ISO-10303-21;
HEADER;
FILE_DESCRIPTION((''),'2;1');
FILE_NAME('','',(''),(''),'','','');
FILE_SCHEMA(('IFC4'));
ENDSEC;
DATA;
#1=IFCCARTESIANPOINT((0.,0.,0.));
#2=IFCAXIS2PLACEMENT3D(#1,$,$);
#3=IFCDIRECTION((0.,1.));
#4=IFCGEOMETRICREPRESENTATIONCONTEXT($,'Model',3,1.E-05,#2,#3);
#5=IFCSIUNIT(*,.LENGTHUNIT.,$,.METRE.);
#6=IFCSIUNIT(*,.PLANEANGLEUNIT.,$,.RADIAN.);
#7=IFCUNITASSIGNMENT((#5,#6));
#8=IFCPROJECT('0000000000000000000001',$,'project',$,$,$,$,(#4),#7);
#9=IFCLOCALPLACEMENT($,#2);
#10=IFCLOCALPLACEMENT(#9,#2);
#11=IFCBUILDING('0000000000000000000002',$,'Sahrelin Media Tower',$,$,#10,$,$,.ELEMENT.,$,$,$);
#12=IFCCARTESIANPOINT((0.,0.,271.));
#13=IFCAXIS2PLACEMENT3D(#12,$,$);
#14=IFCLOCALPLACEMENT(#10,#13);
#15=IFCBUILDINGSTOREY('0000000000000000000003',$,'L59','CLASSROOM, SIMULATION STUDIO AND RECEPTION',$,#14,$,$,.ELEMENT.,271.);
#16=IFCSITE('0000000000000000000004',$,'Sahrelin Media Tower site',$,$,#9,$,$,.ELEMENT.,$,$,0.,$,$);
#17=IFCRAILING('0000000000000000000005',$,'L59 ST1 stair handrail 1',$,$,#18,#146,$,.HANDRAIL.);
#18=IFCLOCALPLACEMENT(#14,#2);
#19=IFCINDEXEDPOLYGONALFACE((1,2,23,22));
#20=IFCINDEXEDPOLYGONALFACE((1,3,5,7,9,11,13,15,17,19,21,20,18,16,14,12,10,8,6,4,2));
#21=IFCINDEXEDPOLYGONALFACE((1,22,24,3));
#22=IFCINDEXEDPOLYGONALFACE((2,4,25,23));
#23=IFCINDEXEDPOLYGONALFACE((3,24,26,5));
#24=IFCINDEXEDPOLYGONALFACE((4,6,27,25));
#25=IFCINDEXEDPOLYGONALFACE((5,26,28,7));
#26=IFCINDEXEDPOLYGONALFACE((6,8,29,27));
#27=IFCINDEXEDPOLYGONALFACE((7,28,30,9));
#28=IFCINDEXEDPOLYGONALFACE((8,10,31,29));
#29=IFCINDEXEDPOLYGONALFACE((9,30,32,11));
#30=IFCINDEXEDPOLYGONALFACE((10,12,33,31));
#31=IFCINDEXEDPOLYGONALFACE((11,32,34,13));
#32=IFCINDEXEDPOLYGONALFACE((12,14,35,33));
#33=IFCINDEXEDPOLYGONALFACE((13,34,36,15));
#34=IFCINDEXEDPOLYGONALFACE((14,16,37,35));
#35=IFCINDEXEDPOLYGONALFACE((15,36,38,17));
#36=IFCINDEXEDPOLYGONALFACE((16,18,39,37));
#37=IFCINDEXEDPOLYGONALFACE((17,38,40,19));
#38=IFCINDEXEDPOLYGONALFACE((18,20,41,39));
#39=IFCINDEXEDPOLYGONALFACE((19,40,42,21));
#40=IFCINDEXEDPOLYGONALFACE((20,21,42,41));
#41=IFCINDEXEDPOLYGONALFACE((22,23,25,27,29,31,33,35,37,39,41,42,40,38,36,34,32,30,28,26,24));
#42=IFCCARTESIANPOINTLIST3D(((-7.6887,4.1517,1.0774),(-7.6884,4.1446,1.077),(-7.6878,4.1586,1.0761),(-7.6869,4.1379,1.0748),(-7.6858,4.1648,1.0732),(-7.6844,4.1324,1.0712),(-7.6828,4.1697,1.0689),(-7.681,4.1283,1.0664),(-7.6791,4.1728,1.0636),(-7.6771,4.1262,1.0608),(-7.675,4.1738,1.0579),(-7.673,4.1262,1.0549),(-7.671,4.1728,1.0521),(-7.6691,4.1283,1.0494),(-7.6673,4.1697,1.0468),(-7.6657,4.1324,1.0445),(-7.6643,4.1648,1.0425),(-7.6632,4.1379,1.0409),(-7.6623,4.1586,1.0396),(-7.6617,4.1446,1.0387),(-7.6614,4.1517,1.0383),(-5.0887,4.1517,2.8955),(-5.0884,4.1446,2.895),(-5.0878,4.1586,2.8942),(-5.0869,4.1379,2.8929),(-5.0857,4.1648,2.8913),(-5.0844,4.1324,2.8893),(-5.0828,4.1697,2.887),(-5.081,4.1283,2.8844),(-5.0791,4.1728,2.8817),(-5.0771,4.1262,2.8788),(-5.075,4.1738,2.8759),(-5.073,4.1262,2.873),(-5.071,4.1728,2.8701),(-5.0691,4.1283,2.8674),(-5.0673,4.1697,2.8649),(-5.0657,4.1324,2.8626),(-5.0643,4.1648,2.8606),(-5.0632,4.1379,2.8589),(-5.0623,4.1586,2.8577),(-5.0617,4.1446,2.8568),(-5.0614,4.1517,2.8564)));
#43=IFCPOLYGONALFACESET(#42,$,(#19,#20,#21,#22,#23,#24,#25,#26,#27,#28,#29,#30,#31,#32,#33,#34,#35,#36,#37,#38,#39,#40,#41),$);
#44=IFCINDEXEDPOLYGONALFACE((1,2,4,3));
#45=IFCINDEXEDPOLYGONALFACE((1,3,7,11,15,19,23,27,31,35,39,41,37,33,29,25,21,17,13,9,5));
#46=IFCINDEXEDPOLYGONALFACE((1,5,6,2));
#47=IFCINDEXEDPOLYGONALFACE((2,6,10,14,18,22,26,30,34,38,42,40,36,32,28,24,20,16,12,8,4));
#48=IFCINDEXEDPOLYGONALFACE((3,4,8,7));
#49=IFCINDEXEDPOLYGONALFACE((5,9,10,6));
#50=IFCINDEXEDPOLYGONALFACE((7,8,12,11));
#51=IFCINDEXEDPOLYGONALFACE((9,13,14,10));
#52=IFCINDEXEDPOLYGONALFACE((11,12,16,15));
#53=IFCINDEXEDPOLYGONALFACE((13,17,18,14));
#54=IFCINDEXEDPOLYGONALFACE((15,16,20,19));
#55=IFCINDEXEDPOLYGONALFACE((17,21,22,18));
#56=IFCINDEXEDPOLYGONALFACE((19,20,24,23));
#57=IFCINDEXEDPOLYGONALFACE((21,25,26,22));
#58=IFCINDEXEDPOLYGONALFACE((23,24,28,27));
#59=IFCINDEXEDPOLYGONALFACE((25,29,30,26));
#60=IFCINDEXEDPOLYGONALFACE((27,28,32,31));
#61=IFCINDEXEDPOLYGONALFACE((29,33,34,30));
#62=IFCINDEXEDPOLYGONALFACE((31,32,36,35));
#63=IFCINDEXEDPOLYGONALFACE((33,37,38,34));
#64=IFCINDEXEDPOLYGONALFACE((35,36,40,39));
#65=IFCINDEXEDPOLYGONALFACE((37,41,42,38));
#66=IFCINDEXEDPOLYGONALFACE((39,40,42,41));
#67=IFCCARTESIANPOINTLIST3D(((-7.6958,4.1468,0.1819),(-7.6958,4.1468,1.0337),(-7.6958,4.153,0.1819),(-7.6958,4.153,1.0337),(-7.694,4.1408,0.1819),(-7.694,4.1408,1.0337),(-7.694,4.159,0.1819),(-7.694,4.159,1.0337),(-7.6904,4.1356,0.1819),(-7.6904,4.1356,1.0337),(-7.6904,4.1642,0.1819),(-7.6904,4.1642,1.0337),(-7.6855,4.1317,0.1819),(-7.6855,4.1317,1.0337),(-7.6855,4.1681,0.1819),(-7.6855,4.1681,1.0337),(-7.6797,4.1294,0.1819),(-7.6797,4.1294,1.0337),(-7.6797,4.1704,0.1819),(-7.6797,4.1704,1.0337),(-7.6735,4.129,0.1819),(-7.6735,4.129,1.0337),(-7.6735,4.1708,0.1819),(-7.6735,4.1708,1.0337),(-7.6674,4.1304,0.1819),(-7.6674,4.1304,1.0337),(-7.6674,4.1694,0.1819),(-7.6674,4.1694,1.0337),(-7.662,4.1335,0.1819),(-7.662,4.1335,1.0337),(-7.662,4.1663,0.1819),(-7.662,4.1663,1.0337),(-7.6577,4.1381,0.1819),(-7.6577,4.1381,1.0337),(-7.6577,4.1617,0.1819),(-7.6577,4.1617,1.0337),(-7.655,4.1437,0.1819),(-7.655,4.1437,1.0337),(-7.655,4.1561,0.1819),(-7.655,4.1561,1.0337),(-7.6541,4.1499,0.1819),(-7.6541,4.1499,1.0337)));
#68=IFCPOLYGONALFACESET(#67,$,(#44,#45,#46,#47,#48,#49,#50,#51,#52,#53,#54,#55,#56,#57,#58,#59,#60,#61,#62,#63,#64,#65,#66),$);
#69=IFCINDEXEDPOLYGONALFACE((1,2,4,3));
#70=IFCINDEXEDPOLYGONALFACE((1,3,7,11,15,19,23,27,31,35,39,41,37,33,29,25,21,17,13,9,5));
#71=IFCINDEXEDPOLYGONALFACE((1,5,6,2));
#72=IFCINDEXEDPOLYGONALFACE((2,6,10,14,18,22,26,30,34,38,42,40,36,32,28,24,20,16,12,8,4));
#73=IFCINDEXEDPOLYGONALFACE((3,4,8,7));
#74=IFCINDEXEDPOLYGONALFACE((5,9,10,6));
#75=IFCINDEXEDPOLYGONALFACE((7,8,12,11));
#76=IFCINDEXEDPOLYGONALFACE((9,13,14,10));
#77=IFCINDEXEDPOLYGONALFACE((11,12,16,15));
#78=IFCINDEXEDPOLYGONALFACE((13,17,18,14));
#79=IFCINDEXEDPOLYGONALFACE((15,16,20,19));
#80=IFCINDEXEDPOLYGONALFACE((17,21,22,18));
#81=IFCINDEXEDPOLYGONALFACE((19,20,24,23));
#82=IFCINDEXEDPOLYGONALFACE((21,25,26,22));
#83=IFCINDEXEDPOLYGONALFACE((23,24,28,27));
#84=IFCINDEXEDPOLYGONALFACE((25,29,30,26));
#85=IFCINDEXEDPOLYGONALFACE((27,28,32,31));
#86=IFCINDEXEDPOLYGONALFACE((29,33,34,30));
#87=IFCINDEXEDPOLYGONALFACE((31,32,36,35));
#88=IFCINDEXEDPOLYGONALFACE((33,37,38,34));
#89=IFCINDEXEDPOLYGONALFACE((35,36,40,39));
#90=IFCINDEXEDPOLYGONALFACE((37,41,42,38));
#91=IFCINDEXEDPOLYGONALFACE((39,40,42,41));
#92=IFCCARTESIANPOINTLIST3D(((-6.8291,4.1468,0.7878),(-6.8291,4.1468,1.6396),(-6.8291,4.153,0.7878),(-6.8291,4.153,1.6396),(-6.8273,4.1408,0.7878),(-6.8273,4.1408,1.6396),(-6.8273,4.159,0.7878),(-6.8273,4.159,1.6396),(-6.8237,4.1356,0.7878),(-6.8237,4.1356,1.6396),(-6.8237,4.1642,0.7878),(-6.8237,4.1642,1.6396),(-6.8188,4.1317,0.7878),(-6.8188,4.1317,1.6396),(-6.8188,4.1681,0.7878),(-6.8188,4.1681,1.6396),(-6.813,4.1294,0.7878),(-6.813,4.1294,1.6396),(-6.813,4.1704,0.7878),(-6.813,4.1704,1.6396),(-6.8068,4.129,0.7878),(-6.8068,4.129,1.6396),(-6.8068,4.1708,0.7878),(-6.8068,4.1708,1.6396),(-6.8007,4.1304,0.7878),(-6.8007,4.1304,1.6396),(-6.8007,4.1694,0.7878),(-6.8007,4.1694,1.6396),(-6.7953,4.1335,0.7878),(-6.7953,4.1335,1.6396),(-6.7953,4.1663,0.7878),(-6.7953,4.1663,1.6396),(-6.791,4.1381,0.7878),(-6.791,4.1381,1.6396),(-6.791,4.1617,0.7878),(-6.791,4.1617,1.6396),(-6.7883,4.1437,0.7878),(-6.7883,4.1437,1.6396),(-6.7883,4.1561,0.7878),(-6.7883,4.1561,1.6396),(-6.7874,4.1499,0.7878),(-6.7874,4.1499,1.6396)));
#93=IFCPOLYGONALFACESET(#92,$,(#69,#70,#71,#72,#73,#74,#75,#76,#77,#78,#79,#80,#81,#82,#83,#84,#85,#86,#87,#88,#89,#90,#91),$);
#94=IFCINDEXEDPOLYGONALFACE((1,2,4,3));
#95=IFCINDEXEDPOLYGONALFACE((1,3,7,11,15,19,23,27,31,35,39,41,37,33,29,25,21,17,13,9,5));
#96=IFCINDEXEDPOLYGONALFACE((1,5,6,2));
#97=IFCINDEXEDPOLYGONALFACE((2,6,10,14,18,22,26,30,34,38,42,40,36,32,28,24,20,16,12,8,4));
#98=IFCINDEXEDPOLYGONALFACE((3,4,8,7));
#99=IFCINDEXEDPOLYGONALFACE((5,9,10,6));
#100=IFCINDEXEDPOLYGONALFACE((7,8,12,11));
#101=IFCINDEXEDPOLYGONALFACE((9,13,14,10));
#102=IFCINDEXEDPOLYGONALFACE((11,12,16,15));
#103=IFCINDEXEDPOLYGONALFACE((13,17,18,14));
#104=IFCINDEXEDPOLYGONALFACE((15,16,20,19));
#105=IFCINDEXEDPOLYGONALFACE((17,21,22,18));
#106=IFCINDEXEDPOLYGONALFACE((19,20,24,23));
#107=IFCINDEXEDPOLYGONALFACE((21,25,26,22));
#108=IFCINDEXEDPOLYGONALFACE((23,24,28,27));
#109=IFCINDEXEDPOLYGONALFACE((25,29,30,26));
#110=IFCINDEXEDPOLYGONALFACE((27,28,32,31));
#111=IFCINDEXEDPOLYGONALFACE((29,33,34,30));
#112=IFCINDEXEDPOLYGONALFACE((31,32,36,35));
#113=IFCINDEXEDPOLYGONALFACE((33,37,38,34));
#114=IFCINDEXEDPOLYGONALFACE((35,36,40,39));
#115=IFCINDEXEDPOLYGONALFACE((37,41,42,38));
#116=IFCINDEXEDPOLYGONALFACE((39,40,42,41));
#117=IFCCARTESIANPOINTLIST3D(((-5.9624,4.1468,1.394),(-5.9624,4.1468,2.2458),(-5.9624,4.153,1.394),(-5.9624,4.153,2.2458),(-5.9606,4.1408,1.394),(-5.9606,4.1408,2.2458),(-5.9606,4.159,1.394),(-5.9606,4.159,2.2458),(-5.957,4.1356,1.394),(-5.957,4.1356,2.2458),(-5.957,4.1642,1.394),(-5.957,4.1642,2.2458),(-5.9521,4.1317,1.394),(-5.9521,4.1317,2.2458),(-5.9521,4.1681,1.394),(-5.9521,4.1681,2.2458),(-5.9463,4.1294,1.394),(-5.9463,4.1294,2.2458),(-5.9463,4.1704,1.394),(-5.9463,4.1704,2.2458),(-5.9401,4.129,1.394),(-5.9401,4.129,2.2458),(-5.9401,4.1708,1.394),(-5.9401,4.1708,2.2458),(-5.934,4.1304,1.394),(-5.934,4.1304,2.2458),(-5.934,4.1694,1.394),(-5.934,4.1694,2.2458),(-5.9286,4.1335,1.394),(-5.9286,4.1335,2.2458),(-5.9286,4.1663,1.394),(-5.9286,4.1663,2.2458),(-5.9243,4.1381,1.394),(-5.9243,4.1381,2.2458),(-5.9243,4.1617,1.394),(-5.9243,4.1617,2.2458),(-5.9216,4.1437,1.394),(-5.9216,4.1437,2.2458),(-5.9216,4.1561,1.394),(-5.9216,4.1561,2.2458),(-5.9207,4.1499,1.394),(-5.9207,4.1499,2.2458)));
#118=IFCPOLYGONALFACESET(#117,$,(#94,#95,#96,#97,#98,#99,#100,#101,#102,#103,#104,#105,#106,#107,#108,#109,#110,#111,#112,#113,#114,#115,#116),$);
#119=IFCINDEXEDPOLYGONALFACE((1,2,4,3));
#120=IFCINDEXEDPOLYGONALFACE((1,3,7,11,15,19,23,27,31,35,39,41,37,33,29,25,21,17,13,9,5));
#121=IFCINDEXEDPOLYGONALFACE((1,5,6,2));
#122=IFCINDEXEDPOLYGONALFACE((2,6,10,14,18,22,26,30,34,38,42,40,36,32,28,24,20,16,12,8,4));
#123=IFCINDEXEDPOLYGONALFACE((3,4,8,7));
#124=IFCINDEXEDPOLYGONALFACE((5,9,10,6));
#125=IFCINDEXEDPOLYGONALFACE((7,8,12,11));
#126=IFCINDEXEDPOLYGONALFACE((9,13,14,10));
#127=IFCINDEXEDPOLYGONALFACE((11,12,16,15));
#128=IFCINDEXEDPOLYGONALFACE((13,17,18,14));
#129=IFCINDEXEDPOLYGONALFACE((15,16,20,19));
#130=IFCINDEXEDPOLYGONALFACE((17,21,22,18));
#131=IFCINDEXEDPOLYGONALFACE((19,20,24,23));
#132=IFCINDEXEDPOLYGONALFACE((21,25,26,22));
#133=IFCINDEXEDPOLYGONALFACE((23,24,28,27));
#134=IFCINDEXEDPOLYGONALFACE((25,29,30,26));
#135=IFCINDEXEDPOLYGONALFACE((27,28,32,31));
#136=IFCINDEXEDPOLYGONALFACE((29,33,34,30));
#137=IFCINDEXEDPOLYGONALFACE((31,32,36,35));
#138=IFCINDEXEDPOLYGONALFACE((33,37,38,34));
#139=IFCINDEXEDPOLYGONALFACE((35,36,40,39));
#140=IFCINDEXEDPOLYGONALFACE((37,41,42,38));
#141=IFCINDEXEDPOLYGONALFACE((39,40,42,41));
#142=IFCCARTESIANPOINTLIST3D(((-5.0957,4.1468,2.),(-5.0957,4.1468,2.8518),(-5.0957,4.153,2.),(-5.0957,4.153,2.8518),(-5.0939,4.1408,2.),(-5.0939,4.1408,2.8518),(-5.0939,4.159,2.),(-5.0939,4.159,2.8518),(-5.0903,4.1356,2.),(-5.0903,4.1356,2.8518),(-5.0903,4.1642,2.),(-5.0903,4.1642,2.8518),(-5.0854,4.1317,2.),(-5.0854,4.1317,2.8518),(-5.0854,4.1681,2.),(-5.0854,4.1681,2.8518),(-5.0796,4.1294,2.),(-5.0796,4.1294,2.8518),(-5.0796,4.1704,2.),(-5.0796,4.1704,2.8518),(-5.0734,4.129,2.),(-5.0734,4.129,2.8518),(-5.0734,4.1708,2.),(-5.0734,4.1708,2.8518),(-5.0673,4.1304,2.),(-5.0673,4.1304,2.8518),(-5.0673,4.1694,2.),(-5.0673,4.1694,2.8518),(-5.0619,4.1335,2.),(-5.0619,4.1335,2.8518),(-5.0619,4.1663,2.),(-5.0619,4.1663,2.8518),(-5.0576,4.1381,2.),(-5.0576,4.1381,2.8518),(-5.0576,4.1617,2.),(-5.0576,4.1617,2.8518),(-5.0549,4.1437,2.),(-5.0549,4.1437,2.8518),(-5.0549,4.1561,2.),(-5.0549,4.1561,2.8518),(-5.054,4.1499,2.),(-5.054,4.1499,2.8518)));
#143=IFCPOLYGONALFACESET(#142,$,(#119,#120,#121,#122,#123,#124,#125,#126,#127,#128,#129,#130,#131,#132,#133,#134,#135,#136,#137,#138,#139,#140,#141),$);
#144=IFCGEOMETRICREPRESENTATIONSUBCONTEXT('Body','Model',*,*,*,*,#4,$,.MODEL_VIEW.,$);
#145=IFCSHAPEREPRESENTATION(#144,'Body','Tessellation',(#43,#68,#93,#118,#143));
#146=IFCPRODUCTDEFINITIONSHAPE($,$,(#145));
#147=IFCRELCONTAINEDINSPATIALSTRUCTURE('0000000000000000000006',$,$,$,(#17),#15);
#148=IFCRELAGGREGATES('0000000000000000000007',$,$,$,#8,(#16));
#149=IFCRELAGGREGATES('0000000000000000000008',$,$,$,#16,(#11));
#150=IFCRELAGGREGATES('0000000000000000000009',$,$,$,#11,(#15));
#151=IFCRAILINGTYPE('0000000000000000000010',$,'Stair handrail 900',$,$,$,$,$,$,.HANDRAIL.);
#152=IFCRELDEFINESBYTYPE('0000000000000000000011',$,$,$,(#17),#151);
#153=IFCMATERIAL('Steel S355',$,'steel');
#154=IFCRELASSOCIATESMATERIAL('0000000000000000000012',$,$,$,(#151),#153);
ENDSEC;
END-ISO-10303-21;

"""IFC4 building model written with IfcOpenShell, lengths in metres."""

from ifc_helpers import new_model, si_unit, direction, frame, origin, origin_2d, place, context, subcontext, project, spatial, circle, extrude, material, type_object, element, save


model = new_model("IFC4")

# Units and contexts
model_context = context("Model", 3, precision=1e-05, world=origin(), true_north=direction((0.0, 1.0)))
body_context = subcontext(model_context, "Body", "Model", "MODEL_VIEW")
ifc_project = project(units=[si_unit("LENGTHUNIT", "METRE"), si_unit("PLANEANGLEUNIT", "RADIAN")], contexts=[model_context])

# Site, building, storey
site_placement = place(None, origin())
site = spatial("IfcSite", under=ifc_project, at=site_placement, Name="Sahrelin Media Tower site", CompositionType="ELEMENT", RefElevation=0.0)
building_placement = place(site_placement, origin())
building = spatial("IfcBuilding", under=site, at=building_placement, Name="Sahrelin Media Tower", CompositionType="ELEMENT")
storey_placement = place(building_placement, frame((0.0, 0.0, 271.0)))
storey = spatial("IfcBuildingStorey", under=building, at=storey_placement, Name="L59", Description="CLASSROOM, SIMULATION STUDIO AND RECEPTION", CompositionType="ELEMENT", Elevation=271.0)

# Shared definitions
ifc_material_1 = material(Name="Steel S355", Category="steel")

# Railing
railing_type_1 = type_object("IfcRailingType", Name="Stair handrail 900", PredefinedType="HANDRAIL", material=ifc_material_1)
railing_1_placement = place(storey_placement, frame((-7.675, 4.1499, 0.1819)))
element("IfcRailing", 1, at=railing_1_placement, inside=storey, type_object=railing_type_1, Name="L59 ST1 stair handrail 1", PredefinedType="HANDRAIL", context=body_context, shape_type="SweptSolid", body=[
    extrude(circle(Radius=0.0239, at=origin_2d()), frame((0.0, 0.0, 0.876), z_axis=(0.819521, 0.0, 0.573049), x_axis=(0.0, 1.0, 0.0)), (0.0, 0.0, 1.0), 3.1726),
    extrude(circle(Radius=0.021, at=origin_2d()), origin(), (0.0, 0.0, 1.0), 0.8518),
    extrude(circle(Radius=0.021, at=origin_2d()), frame((0.8667, 0.0, 0.606)), (0.0, 0.0, 1.0), 0.8518),
    extrude(circle(Radius=0.021, at=origin_2d()), frame((1.7334, 0.0, 1.2122)), (0.0, 0.0, 1.0), 0.8518),
    extrude(circle(Radius=0.021, at=origin_2d()), frame((2.6001, 0.0, 1.8181)), (0.0, 0.0, 1.0), 0.8518),
])

save(model, "model.ifc")
